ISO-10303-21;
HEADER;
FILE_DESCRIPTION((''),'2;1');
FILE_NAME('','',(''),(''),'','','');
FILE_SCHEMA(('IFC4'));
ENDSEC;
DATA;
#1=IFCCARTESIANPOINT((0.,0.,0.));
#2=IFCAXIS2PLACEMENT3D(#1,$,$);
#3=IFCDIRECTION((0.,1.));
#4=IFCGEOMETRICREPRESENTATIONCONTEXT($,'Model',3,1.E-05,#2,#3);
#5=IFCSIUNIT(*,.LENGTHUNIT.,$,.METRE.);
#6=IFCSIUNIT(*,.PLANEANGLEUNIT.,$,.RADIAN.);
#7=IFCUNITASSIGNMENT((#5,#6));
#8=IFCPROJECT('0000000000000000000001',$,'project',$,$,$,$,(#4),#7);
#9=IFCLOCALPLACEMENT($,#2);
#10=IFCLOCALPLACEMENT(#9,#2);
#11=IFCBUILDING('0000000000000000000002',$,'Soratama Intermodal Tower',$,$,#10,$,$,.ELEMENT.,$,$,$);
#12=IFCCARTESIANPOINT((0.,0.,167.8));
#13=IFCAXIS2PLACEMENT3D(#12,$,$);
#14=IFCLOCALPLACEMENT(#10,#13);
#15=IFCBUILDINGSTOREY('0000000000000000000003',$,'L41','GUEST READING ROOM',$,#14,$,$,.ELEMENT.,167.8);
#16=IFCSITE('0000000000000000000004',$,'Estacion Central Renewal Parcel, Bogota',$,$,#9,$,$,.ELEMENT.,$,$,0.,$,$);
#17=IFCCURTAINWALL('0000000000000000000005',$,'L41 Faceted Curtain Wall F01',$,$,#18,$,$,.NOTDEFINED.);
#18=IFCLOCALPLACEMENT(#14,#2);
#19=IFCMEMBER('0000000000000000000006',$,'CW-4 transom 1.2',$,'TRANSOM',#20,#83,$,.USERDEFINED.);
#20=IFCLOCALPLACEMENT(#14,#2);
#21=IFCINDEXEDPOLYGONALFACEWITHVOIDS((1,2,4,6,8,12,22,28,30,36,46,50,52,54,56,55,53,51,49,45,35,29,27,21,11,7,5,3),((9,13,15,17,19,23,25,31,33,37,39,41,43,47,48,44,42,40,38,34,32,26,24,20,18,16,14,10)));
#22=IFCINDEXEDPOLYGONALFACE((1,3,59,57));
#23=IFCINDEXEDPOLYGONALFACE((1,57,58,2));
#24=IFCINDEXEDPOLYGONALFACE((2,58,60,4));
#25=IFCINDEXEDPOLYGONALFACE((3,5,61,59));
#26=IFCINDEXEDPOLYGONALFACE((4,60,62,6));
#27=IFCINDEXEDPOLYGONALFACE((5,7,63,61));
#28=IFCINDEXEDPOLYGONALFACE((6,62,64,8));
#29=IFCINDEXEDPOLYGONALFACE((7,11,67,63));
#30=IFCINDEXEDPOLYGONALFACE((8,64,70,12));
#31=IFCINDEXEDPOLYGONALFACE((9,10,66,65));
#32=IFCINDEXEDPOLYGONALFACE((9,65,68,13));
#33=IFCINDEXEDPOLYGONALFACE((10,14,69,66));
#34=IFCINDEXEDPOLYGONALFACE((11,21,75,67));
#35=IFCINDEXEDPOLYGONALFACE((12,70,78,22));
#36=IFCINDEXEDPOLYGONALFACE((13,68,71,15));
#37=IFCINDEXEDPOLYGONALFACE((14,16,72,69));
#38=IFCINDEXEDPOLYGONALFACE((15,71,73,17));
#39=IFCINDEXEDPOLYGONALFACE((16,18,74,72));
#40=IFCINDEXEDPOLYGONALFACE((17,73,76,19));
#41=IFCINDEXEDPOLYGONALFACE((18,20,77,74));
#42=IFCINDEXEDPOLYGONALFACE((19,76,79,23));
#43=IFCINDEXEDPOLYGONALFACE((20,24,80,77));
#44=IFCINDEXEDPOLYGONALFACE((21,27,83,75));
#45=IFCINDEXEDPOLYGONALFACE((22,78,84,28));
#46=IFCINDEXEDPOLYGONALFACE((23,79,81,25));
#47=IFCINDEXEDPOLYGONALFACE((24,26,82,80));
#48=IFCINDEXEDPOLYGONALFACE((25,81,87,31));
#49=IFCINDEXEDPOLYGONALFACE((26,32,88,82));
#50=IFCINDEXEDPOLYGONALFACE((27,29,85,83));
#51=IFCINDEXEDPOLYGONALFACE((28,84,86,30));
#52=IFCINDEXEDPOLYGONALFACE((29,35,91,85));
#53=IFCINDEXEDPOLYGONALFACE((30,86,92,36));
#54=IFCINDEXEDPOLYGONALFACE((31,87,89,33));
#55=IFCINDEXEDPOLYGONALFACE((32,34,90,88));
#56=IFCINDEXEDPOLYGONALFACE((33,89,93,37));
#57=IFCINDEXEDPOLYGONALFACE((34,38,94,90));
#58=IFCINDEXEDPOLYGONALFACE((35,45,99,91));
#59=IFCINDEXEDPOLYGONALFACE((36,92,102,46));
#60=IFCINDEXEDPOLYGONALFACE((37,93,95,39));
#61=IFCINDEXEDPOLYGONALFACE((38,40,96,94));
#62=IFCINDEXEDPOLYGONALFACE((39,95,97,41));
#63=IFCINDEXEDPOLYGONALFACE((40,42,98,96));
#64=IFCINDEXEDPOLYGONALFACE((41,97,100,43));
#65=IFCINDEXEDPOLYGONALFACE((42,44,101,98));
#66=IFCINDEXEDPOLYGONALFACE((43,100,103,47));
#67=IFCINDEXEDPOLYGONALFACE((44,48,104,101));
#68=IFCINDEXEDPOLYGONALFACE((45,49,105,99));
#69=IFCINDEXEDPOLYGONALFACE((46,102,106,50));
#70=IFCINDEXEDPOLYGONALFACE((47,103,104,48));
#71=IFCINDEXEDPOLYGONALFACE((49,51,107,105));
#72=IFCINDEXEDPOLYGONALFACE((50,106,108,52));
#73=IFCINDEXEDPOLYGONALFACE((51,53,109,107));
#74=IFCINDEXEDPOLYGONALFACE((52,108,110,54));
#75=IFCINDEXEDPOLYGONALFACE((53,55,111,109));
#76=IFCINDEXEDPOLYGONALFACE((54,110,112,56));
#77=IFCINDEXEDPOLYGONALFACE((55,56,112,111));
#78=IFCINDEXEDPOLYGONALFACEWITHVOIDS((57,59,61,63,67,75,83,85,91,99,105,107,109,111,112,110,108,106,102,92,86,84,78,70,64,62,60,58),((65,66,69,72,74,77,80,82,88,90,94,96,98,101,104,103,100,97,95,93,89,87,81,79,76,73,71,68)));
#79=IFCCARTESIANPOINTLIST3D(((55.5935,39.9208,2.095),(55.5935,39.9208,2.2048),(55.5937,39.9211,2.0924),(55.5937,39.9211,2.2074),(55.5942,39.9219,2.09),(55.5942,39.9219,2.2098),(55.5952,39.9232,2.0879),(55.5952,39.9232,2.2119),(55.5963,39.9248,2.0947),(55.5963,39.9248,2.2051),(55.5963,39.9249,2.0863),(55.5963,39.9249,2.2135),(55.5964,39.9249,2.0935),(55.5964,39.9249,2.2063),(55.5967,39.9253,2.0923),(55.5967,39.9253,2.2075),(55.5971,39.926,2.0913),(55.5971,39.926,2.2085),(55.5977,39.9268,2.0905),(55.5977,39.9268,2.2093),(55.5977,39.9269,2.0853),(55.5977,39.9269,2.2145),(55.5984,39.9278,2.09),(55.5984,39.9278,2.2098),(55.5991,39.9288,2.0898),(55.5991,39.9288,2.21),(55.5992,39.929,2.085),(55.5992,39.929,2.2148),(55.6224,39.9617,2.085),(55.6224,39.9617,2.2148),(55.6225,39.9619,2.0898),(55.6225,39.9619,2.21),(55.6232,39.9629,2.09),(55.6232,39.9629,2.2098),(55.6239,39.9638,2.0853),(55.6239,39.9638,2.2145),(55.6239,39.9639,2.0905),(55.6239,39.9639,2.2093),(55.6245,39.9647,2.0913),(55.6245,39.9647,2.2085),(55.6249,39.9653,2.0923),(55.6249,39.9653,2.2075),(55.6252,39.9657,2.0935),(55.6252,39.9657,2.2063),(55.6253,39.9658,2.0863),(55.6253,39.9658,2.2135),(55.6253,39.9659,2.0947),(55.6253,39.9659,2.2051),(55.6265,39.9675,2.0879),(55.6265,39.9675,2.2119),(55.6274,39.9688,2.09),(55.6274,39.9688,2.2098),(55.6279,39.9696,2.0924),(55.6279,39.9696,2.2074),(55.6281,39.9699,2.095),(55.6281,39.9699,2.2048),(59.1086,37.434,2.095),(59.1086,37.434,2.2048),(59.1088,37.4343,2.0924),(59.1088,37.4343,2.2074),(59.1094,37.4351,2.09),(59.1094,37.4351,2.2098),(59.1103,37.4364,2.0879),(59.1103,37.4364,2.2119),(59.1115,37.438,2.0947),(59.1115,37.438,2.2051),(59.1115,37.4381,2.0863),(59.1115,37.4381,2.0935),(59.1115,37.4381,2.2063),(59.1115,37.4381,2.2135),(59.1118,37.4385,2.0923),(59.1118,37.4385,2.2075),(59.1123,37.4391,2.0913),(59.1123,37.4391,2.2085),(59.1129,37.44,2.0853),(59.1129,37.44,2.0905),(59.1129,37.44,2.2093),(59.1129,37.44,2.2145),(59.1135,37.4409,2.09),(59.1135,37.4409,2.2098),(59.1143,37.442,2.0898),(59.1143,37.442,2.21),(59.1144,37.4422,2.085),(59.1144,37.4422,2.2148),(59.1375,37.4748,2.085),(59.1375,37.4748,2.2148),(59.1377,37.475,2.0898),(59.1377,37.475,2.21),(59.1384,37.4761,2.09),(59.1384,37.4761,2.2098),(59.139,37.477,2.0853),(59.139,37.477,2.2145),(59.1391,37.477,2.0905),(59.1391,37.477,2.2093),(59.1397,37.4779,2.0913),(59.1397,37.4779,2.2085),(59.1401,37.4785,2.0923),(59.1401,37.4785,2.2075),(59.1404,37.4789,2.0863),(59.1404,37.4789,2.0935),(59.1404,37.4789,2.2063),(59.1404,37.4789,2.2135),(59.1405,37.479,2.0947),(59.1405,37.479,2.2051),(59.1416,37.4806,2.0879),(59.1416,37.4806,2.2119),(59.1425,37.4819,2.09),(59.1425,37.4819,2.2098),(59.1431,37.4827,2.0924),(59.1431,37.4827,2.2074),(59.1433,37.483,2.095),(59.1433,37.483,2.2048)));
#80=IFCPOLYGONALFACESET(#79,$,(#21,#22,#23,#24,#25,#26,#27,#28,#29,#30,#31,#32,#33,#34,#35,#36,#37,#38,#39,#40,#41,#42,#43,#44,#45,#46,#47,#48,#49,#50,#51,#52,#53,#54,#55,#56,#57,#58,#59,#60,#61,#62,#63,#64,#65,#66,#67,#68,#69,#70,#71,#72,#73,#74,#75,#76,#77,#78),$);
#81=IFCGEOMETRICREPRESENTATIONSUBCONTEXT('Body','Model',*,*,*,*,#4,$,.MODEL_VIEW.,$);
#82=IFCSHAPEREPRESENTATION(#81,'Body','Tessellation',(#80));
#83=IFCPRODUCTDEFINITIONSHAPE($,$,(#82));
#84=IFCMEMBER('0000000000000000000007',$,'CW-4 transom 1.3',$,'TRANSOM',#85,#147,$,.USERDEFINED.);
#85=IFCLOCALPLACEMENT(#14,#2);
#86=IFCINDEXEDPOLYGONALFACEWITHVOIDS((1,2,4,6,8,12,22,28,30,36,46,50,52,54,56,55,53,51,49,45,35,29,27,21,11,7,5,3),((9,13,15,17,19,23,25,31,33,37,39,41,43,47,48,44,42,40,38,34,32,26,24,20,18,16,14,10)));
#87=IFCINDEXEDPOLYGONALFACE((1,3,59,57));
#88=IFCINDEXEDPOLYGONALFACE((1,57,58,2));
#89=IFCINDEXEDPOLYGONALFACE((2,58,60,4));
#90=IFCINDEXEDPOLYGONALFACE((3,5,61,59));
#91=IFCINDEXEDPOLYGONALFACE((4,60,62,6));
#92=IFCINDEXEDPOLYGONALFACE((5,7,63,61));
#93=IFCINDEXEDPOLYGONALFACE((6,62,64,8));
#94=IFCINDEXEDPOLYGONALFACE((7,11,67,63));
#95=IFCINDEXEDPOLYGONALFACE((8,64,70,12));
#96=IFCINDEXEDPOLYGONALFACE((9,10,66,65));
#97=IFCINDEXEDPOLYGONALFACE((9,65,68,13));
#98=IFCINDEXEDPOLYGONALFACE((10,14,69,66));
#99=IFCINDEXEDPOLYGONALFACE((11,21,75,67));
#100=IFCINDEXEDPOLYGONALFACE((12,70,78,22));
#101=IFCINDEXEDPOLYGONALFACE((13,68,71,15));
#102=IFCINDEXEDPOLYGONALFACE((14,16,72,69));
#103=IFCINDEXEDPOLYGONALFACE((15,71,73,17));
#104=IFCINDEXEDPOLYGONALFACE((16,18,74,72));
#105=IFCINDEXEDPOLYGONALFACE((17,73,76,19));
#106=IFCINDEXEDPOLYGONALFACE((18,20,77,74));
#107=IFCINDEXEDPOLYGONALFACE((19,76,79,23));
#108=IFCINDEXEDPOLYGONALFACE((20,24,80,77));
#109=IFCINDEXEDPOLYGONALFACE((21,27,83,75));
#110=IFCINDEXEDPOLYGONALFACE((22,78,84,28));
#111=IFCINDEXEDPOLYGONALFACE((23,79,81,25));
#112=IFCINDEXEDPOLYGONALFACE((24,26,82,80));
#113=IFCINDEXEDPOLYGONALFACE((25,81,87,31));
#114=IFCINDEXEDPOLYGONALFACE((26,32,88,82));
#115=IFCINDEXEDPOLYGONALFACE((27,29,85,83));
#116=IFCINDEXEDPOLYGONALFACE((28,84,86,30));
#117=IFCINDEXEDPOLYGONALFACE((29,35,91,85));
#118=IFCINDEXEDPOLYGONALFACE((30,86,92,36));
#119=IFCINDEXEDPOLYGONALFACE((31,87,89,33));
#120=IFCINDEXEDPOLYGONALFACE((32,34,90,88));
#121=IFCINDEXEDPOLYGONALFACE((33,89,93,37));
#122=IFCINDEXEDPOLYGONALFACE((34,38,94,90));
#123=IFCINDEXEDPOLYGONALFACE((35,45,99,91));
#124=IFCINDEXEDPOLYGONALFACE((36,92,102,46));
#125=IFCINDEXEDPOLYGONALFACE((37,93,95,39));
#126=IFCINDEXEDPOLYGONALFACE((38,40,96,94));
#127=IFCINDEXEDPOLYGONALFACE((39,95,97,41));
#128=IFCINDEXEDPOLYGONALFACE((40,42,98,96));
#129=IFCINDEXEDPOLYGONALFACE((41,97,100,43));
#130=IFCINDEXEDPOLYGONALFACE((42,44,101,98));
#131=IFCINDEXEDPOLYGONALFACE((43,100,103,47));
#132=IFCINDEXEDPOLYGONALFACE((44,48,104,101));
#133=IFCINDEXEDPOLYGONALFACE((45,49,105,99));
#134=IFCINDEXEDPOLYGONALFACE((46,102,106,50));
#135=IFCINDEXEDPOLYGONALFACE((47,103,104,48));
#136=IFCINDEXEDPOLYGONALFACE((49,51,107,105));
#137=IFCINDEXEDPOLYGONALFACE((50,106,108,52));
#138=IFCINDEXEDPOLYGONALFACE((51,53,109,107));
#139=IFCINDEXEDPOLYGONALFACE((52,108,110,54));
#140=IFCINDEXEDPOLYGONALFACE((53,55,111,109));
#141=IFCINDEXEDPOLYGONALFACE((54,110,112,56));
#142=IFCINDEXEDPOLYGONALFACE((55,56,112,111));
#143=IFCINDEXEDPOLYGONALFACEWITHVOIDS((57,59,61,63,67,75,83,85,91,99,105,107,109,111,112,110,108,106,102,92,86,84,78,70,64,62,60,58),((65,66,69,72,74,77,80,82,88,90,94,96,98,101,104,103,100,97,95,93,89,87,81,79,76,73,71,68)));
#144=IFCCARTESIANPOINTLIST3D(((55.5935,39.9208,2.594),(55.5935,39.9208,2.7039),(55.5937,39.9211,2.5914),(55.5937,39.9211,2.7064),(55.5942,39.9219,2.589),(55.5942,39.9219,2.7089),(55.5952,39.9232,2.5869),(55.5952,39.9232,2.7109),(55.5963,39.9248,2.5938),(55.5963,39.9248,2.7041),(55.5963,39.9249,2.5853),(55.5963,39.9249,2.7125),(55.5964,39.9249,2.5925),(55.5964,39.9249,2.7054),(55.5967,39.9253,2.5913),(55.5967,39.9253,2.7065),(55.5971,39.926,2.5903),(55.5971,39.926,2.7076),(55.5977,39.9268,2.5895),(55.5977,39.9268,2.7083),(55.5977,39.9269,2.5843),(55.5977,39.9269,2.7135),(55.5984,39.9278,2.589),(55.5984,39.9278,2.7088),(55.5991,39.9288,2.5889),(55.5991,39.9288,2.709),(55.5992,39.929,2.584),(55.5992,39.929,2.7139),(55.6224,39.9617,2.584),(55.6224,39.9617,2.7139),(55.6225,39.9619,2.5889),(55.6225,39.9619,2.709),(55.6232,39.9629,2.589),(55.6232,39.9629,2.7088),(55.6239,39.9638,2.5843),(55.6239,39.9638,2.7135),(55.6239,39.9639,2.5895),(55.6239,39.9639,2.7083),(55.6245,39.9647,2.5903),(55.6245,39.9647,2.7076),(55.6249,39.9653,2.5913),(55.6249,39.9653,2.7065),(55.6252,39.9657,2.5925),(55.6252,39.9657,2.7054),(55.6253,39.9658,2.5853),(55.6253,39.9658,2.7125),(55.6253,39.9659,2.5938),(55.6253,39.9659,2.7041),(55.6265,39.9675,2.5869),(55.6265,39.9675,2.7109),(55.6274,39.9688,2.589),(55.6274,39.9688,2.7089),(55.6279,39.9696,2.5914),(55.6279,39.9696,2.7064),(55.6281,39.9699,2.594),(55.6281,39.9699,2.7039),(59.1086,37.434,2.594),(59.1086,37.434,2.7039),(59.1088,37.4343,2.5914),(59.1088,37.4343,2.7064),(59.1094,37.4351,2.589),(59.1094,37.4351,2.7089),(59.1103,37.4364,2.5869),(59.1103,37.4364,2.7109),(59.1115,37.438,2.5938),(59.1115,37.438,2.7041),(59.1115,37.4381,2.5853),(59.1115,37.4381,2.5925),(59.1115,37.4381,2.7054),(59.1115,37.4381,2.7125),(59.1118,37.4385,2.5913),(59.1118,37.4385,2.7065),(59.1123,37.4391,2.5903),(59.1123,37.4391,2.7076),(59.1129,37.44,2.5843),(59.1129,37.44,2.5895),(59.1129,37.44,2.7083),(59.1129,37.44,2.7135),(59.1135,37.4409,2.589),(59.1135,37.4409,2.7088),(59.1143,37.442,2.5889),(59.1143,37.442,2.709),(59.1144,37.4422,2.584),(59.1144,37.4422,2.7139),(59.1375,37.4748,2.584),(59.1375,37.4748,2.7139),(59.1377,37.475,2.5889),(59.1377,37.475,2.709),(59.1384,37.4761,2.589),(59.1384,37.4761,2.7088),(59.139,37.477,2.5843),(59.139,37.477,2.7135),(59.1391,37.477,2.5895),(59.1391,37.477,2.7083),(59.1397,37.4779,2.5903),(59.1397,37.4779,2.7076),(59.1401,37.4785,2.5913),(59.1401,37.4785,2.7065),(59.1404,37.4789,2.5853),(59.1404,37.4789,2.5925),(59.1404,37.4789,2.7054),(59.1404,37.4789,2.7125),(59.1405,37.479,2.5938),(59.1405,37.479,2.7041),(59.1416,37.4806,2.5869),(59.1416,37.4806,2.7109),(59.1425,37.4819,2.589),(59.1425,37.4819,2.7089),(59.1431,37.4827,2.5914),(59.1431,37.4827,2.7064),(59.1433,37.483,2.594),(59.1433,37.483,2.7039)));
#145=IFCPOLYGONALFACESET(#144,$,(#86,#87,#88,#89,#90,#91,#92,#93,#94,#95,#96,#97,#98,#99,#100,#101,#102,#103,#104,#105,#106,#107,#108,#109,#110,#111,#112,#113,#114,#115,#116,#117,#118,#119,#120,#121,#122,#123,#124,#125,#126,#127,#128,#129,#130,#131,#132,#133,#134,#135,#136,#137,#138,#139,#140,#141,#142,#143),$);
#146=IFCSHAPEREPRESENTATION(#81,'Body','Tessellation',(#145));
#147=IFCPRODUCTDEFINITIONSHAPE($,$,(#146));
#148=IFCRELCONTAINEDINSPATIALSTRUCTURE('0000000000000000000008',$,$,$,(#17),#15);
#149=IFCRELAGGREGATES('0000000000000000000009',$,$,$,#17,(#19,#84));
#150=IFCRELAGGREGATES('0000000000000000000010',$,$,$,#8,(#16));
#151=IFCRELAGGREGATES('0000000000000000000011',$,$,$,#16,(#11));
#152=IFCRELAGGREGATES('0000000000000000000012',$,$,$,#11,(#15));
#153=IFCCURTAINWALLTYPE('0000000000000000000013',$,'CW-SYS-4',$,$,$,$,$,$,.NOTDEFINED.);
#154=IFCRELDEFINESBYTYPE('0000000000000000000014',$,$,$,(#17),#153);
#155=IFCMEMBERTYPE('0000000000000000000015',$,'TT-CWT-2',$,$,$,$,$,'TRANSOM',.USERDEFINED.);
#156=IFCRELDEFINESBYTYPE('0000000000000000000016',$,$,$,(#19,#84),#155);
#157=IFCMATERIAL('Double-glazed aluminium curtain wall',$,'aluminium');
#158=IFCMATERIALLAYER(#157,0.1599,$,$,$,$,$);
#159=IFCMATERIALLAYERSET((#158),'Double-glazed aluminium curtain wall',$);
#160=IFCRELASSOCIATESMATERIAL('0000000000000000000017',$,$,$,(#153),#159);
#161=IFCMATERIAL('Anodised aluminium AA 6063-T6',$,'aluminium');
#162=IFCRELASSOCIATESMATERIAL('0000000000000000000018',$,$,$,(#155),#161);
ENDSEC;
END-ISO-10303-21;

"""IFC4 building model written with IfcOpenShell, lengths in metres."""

from ifc_helpers import new_model, si_unit, direction, frame, origin, origin_2d, place, context, subcontext, project, spatial, hollow_rectangle, extrude, material, layer, layer_set, material_profile, profile_set, type_object, element, aggregate, save


model = new_model("IFC4")

# Units and contexts
model_context = context("Model", 3, precision=1e-05, world=origin(), true_north=direction((0.0, 1.0)))
body_context = subcontext(model_context, "Body", "Model", "MODEL_VIEW")
ifc_project = project(units=[si_unit("LENGTHUNIT", "METRE"), si_unit("PLANEANGLEUNIT", "RADIAN")], contexts=[model_context])

# Site, building, storey
site_placement = place(None, origin())
site = spatial("IfcSite", under=ifc_project, at=site_placement, Name="Estacion Central Renewal Parcel, Bogota", CompositionType="ELEMENT", RefElevation=0.0)
building_placement = place(site_placement, origin())
building = spatial("IfcBuilding", under=site, at=building_placement, Name="Soratama Intermodal Tower", CompositionType="ELEMENT")
storey_placement = place(building_placement, frame((0.0, 0.0, 167.8)))
storey = spatial("IfcBuildingStorey", under=building, at=storey_placement, Name="L41", Description="GUEST READING ROOM", CompositionType="ELEMENT", Elevation=167.8)

# Curtain wall
ifc_material_1 = material(Name="Double-glazed aluminium curtain wall", Category="aluminium")
ifc_layer_1 = layer(ifc_material_1, 0.1599)
ifc_layer_set_1 = layer_set([ifc_layer_1], Name="Double-glazed aluminium curtain wall")
curtain_wall_type = type_object("IfcCurtainWallType", Name="CW-SYS-4", PredefinedType="NOTDEFINED", material=ifc_layer_set_1)
curtain_wall_1_placement = place(storey_placement, origin())
curtain_wall_1 = element("IfcCurtainWall", 1, at=curtain_wall_1_placement, inside=storey, type_object=curtain_wall_type, Name="L41 Faceted Curtain Wall F01", PredefinedType="NOTDEFINED")

# Members
ifc_material_2 = material(Name="Anodised aluminium AA 6063-T6", Category="aluminium")
ifc_material_profile_1 = material_profile(ifc_material_2, hollow_rectangle(XDim=0.0601, YDim=0.1299, WallThickness=0.0049, InnerFilletRadius=0.0049, OuterFilletRadius=0.01, at=origin_2d()), Name="CWT130X60X5")
ifc_profile_set_1 = profile_set([ifc_material_profile_1], Name="Anodised aluminium AA 6063-T6")
member_type_1 = type_object("IfcMemberType", Name="TT-CWT-2", ElementType="TRANSOM", PredefinedType="USERDEFINED", material=ifc_profile_set_1)
member_1_placement = place(storey_placement, frame((59.126, 37.4585, 2.1499), z_axis=(-0.816361, 0.577542, 0.0), x_axis=(-0.577542, -0.816361, 0.0)))
member_1 = element("IfcMember", 2, at=member_1_placement, type_object=member_type_1, Name="CW-4 transom 1.2", ObjectType="TRANSOM", PredefinedType="USERDEFINED", context=body_context, shape_type="SweptSolid", body=[
    extrude(hollow_rectangle(XDim=0.0601, YDim=0.1299, WallThickness=0.0049, InnerFilletRadius=0.0049, OuterFilletRadius=0.01, at=origin_2d()), origin(), (0.0, 0.0, 1.0), 4.3059),
])
member_2_placement = place(storey_placement, frame((59.126, 37.4585, 2.6489), z_axis=(-0.816361, 0.577542, 0.0), x_axis=(-0.577542, -0.816361, 0.0)))
member_2 = element("IfcMember", 3, at=member_2_placement, type_object=member_type_1, Name="CW-4 transom 1.3", ObjectType="TRANSOM", PredefinedType="USERDEFINED", context=body_context, shape_type="SweptSolid", body=[
    extrude(hollow_rectangle(XDim=0.0601, YDim=0.1299, WallThickness=0.0049, InnerFilletRadius=0.0049, OuterFilletRadius=0.01, at=origin_2d()), origin(), (0.0, 0.0, 1.0), 4.3059),
])

aggregate(curtain_wall_1, [member_1, member_2])

save(model, "model.ifc")
